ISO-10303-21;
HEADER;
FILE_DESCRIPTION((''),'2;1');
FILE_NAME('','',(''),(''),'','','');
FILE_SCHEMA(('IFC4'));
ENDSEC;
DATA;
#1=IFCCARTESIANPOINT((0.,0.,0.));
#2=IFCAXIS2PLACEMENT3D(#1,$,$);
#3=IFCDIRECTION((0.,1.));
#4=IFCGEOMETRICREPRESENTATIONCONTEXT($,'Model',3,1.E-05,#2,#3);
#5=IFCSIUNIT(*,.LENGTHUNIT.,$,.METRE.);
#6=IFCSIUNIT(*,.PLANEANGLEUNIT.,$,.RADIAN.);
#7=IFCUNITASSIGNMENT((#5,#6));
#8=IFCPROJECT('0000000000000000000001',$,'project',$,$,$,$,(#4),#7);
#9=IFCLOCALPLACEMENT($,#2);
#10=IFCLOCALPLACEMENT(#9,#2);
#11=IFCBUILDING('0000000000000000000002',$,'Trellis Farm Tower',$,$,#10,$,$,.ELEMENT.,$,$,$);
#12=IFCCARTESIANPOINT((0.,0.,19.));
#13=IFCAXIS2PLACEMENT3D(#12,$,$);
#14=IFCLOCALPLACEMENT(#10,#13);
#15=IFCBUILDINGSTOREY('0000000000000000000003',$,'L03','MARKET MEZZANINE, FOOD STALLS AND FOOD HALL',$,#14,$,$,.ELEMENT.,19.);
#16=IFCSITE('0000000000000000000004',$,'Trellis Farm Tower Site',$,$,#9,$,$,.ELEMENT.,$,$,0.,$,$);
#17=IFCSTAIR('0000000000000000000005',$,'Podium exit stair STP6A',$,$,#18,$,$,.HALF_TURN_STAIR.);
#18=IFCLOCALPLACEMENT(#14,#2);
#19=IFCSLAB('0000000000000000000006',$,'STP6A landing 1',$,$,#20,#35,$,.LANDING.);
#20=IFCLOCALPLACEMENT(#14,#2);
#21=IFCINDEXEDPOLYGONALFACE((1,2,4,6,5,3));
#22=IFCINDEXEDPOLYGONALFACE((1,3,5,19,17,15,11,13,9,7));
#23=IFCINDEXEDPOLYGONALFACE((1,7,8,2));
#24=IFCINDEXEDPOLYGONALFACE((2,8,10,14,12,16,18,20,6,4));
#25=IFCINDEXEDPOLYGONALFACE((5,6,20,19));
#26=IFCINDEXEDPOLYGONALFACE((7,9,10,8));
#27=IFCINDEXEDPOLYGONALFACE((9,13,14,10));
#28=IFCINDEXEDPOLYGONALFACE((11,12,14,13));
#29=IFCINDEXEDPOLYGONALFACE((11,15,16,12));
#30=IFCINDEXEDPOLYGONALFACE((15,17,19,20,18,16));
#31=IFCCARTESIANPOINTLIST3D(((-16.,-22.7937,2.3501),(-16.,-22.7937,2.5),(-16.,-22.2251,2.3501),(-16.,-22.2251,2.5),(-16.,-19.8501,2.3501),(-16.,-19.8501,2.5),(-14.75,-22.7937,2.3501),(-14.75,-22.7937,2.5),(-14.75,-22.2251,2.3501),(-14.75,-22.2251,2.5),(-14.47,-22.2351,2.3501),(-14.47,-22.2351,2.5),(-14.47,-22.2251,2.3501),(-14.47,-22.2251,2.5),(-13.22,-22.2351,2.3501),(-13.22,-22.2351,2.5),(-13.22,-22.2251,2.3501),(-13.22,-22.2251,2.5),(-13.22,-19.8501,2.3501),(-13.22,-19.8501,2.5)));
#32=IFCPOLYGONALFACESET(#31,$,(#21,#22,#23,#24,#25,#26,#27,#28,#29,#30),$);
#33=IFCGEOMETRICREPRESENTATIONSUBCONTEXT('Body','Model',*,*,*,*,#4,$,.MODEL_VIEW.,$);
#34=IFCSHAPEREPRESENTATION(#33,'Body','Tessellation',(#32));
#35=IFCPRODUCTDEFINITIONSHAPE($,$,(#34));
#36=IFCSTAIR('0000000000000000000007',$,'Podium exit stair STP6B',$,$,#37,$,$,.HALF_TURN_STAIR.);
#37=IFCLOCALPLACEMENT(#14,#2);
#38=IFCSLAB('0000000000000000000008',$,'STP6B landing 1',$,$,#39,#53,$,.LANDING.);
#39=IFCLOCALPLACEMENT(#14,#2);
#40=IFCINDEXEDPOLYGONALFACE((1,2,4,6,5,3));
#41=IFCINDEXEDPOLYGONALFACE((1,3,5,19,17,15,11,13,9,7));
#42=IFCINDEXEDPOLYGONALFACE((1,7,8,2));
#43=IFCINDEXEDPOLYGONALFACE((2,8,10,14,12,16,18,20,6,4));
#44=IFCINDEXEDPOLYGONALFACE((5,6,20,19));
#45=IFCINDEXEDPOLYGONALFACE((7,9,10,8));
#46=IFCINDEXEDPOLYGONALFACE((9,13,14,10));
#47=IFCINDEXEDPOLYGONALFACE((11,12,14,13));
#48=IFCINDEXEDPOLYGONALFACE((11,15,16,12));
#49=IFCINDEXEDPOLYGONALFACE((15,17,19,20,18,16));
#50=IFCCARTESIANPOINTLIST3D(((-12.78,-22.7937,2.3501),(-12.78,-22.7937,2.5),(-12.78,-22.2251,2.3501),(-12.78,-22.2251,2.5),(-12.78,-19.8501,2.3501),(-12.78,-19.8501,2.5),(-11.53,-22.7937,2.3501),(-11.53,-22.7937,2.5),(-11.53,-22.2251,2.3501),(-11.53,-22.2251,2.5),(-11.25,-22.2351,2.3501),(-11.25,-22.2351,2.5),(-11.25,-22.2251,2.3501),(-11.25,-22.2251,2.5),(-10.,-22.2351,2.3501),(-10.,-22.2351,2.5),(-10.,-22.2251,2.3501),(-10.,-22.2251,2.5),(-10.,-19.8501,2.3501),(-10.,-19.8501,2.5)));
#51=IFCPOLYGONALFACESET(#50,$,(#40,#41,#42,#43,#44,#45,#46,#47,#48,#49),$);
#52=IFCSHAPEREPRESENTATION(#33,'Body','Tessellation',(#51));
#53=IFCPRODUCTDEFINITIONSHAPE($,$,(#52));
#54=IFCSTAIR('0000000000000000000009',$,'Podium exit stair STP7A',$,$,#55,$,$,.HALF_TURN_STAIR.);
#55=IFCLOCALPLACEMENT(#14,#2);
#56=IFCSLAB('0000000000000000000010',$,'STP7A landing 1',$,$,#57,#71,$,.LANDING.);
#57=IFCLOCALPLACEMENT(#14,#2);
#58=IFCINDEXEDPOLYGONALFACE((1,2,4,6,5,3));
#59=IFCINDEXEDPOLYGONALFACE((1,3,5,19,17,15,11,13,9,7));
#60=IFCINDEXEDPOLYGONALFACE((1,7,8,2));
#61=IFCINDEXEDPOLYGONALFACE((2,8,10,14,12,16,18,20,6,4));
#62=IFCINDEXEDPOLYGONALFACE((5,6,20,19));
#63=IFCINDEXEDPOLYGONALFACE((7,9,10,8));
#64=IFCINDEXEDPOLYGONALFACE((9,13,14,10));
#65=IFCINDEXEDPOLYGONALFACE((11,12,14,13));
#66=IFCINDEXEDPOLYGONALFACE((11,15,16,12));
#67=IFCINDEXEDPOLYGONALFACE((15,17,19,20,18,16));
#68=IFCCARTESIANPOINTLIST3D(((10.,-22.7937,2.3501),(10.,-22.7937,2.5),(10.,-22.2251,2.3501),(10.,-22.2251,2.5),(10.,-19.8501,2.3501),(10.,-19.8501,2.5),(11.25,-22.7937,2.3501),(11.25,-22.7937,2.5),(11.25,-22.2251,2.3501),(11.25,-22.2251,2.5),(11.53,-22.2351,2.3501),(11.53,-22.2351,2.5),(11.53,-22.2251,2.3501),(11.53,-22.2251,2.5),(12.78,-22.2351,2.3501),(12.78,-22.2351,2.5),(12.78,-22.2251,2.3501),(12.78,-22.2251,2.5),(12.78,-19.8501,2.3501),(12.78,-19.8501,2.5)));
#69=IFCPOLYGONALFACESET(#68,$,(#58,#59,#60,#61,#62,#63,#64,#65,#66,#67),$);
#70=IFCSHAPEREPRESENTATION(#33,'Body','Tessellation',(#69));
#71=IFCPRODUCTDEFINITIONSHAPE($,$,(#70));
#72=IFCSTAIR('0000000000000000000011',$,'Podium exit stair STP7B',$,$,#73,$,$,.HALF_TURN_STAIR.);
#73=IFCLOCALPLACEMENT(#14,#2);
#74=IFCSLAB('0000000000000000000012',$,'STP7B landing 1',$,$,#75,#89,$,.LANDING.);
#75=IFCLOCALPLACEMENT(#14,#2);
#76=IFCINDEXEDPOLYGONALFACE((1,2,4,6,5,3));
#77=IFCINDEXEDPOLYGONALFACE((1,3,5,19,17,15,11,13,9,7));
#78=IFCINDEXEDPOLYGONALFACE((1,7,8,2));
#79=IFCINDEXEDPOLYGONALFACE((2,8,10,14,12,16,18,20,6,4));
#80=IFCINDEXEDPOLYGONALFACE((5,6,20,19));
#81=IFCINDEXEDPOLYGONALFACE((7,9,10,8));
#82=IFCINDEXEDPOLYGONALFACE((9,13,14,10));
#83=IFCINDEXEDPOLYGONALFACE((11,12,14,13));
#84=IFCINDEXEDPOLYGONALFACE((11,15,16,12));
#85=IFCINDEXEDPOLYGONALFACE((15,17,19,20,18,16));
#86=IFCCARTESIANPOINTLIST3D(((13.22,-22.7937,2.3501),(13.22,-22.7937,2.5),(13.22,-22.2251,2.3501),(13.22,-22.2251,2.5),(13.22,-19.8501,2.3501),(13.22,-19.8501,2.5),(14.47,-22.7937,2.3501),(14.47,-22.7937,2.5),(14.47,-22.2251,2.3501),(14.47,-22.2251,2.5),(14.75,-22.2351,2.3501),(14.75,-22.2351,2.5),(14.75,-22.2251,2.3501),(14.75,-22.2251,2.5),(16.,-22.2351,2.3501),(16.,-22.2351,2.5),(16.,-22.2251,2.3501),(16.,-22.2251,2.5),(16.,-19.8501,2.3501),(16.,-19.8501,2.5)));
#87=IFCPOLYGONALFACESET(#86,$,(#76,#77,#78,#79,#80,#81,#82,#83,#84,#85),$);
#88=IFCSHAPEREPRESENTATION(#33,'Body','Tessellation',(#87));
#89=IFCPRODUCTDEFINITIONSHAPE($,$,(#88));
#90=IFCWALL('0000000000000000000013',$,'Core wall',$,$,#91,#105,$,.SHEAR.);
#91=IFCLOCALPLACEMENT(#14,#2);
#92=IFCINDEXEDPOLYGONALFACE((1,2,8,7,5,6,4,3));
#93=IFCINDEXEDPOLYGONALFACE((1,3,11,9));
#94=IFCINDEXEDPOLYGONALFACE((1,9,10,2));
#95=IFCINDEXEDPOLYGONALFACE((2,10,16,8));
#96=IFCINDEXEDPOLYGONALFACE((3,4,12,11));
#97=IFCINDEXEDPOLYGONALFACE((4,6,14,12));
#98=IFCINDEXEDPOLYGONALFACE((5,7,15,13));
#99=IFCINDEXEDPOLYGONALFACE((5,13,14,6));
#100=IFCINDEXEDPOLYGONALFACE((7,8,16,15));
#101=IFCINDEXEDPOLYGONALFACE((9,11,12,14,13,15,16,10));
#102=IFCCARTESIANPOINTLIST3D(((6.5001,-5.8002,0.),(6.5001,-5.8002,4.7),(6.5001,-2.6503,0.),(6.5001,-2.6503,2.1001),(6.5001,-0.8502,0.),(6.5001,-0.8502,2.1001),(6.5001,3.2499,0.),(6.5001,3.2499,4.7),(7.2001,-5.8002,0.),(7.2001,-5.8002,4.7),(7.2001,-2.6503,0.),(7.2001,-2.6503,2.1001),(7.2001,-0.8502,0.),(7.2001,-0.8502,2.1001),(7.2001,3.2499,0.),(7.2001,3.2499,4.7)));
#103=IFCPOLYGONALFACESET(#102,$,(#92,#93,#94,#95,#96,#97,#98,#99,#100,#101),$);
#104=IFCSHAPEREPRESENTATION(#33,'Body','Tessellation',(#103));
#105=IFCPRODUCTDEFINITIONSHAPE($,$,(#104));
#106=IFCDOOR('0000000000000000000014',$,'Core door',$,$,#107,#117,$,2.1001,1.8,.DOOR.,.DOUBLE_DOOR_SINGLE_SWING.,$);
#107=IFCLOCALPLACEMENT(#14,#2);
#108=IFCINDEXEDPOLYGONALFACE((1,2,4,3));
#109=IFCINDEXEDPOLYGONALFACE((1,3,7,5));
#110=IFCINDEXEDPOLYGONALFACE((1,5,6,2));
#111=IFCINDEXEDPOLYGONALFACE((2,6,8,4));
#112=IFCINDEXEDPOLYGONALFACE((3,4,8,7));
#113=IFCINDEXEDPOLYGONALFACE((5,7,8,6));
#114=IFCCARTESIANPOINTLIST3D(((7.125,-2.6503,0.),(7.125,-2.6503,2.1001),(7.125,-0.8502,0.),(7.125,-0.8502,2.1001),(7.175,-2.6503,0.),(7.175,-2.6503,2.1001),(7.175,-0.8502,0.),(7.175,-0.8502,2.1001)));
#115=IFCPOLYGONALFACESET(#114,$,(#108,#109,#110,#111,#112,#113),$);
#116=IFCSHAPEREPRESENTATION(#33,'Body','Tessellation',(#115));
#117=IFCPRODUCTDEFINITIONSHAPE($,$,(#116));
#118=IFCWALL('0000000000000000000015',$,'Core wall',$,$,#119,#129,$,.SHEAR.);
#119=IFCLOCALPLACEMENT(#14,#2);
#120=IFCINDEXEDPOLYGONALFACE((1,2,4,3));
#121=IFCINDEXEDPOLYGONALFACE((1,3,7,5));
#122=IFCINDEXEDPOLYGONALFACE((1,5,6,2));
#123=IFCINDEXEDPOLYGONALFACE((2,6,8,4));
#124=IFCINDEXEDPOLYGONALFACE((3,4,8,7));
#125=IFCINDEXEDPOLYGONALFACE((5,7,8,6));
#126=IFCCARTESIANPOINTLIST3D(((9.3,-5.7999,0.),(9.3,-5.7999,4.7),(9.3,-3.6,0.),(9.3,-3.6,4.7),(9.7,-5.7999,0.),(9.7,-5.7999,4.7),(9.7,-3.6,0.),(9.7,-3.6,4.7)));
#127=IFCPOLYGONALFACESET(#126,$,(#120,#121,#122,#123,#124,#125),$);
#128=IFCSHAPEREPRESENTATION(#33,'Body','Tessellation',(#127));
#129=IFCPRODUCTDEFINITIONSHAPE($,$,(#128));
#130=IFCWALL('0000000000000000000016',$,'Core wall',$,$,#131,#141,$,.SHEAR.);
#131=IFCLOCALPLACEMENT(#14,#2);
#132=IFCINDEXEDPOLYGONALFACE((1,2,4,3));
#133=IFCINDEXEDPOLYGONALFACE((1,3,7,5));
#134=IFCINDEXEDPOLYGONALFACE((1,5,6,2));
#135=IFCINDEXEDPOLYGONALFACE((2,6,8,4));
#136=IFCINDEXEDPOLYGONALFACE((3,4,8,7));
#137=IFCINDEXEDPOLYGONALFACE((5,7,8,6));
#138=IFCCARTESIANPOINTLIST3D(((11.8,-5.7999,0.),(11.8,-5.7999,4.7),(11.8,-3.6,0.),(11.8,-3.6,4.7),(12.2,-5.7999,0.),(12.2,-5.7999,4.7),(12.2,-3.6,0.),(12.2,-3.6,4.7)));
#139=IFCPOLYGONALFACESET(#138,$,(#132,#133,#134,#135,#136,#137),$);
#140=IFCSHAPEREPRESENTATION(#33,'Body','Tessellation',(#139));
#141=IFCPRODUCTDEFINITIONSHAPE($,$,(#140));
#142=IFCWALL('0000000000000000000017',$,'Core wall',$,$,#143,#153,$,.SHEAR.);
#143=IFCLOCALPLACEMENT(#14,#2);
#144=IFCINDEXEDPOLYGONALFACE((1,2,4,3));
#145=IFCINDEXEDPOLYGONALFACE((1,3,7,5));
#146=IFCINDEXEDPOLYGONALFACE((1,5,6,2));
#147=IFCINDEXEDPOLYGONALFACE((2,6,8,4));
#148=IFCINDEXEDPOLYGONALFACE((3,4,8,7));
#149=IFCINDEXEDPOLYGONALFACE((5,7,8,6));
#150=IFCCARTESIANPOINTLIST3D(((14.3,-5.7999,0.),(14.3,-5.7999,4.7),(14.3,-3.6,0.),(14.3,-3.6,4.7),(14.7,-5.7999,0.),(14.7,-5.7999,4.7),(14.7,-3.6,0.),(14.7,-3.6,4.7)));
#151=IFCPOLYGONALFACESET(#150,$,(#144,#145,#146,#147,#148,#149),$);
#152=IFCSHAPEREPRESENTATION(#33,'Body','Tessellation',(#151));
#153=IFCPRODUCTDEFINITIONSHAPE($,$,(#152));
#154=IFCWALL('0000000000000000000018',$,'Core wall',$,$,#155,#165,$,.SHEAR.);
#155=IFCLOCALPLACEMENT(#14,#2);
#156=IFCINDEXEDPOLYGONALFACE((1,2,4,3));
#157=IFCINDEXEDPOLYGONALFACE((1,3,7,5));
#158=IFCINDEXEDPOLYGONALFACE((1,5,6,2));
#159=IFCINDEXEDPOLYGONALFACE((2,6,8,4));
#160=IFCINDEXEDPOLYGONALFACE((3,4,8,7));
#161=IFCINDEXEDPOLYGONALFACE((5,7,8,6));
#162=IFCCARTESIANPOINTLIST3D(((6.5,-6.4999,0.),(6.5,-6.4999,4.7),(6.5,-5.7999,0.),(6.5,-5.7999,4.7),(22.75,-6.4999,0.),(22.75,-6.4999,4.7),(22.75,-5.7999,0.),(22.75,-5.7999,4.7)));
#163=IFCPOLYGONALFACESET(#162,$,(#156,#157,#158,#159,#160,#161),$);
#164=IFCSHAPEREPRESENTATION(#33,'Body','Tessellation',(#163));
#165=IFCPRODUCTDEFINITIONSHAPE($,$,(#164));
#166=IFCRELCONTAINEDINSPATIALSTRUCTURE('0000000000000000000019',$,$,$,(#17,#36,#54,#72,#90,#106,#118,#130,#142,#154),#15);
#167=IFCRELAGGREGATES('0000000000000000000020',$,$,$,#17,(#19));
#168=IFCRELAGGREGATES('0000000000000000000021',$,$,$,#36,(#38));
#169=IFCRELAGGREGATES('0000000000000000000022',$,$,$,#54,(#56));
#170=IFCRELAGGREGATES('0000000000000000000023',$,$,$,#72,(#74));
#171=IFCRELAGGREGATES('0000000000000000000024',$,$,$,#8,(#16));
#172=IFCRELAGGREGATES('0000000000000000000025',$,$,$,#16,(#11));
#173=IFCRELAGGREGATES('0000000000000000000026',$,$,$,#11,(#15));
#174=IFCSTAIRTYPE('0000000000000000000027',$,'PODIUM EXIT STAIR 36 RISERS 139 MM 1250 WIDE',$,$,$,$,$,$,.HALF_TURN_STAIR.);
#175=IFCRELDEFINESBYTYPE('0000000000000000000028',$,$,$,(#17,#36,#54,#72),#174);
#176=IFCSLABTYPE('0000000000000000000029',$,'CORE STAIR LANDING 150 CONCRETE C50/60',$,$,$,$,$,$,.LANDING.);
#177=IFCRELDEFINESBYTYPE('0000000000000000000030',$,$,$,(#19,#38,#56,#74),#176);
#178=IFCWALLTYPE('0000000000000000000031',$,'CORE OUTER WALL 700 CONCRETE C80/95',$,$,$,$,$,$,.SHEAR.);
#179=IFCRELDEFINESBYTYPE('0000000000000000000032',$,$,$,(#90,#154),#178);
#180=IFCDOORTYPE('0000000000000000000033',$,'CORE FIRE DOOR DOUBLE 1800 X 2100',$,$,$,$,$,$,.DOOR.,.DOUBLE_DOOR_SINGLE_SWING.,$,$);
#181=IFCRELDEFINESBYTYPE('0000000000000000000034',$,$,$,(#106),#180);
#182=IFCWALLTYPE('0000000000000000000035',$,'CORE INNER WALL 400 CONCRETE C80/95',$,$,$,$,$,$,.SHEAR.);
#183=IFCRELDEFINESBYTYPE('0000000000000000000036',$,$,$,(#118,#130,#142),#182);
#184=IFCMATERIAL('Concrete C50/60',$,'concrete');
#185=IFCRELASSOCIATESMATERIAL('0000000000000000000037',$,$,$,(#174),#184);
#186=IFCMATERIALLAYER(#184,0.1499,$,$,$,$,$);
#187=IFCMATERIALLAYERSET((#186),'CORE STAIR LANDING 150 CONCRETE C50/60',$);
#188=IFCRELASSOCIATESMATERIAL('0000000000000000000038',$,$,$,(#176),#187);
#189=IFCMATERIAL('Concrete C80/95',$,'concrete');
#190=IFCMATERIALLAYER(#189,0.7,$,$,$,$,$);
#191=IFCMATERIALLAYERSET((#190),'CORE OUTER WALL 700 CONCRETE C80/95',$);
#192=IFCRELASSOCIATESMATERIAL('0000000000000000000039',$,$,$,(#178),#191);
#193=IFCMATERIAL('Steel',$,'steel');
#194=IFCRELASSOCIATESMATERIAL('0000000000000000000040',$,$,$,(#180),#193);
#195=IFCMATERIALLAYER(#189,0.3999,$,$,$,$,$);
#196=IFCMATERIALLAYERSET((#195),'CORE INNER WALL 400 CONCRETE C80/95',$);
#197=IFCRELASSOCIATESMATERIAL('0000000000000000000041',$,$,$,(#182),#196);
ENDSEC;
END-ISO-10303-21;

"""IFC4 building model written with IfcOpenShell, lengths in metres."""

from ifc_helpers import new_model, si_unit, direction, frame, frame_2d, origin, place, context, subcontext, project, spatial, polyline, rectangle, outline, extrude, source, transform, mapped, material, layer, layer_set, type_object, element, fill, aggregate, save


model = new_model("IFC4")

# Units and contexts
model_context = context("Model", 3, precision=1e-05, world=origin(), true_north=direction((0.0, 1.0)))
body_context = subcontext(model_context, "Body", "Model", "MODEL_VIEW")
ifc_project = project(units=[si_unit("LENGTHUNIT", "METRE"), si_unit("PLANEANGLEUNIT", "RADIAN")], contexts=[model_context])

# Site, building, storey
site_placement = place(None, origin())
site = spatial("IfcSite", under=ifc_project, at=site_placement, Name="Trellis Farm Tower Site", CompositionType="ELEMENT", RefElevation=0.0)
building_placement = place(site_placement, origin())
building = spatial("IfcBuilding", under=site, at=building_placement, Name="Trellis Farm Tower", CompositionType="ELEMENT")
storey_placement = place(building_placement, frame((0.0, 0.0, 19.0)))
storey = spatial("IfcBuildingStorey", under=building, at=storey_placement, Name="L03", Description="MARKET MEZZANINE, FOOD STALLS AND FOOD HALL", CompositionType="ELEMENT", Elevation=19.0)

# Shared definitions
ifc_material_1 = material(Name="Concrete C80/95", Category="concrete")

# Stairs, slabs
ifc_material_2 = material(Name="Concrete C50/60", Category="concrete")
stair_type = type_object("IfcStairType", Name="PODIUM EXIT STAIR 36 RISERS 139 MM 1250 WIDE", PredefinedType="HALF_TURN_STAIR", material=ifc_material_2)
placement_1 = place(storey_placement, origin())
ifc_layer_1 = layer(ifc_material_2, 0.1499)
ifc_layer_set_1 = layer_set([ifc_layer_1], Name="CORE STAIR LANDING 150 CONCRETE C50/60")
slab_type = type_object("IfcSlabType", Name="CORE STAIR LANDING 150 CONCRETE C50/60", PredefinedType="LANDING", material=ifc_layer_set_1)
placement_2 = place(storey_placement, frame((0.0, 0.0, 2.3501)))
stair_1 = element("IfcStair", 1, at=placement_1, inside=storey, type_object=stair_type, Name="Podium exit stair STP6A", PredefinedType="HALF_TURN_STAIR")
shared_shape_1 = source(origin(), body_context, "Body", "SweptSolid", [
    extrude(outline(polyline([(-14.75, -22.7937), (-16.0, -22.7937), (-16.0, -22.2251), (-16.0, -19.8501), (-13.22, -19.8501), (-13.22, -22.2251), (-13.22, -22.2351), (-14.47, -22.2351), (-14.47, -22.2251), (-14.75, -22.2251), (-14.75, -22.7937)])), origin(), (0.0, 0.0, 1.0), 0.1499),
])
slab_1 = element("IfcSlab", 2, at=placement_2, type_object=slab_type, Name="STP6A landing 1", PredefinedType="LANDING", context=body_context, shape_type="MappedRepresentation", body=[
    mapped(shared_shape_1, transform((0.0, 0.0, 0.0))),
])
aggregate(stair_1, [slab_1])
stair_2 = element("IfcStair", 3, at=placement_1, inside=storey, type_object=stair_type, Name="Podium exit stair STP6B", PredefinedType="HALF_TURN_STAIR")
shared_shape_2 = source(origin(), body_context, "Body", "SweptSolid", [
    extrude(outline(polyline([(-11.53, -22.7937), (-12.78, -22.7937), (-12.78, -22.2251), (-12.78, -19.8501), (-10.0, -19.8501), (-10.0, -22.2251), (-10.0, -22.2351), (-11.25, -22.2351), (-11.25, -22.2251), (-11.53, -22.2251), (-11.53, -22.7937)])), origin(), (0.0, 0.0, 1.0), 0.1499),
])
slab_2 = element("IfcSlab", 4, at=placement_2, type_object=slab_type, Name="STP6B landing 1", PredefinedType="LANDING", context=body_context, shape_type="MappedRepresentation", body=[
    mapped(shared_shape_2, transform((0.0, 0.0, 0.0))),
])
aggregate(stair_2, [slab_2])
stair_3 = element("IfcStair", 5, at=placement_1, inside=storey, type_object=stair_type, Name="Podium exit stair STP7A", PredefinedType="HALF_TURN_STAIR")
shared_shape_3 = source(origin(), body_context, "Body", "SweptSolid", [
    extrude(outline(polyline([(11.25, -22.7937), (10.0, -22.7937), (10.0, -22.2251), (10.0, -19.8501), (12.78, -19.8501), (12.78, -22.2251), (12.78, -22.2351), (11.53, -22.2351), (11.53, -22.2251), (11.25, -22.2251), (11.25, -22.7937)])), origin(), (0.0, 0.0, 1.0), 0.1499),
])
slab_3 = element("IfcSlab", 6, at=placement_2, type_object=slab_type, Name="STP7A landing 1", PredefinedType="LANDING", context=body_context, shape_type="MappedRepresentation", body=[
    mapped(shared_shape_3, transform((0.0, 0.0, 0.0))),
])
aggregate(stair_3, [slab_3])
stair_4 = element("IfcStair", 7, at=placement_1, inside=storey, type_object=stair_type, Name="Podium exit stair STP7B", PredefinedType="HALF_TURN_STAIR")
shared_shape_4 = source(origin(), body_context, "Body", "SweptSolid", [
    extrude(outline(polyline([(14.47, -22.7937), (13.22, -22.7937), (13.22, -22.2251), (13.22, -19.8501), (16.0, -19.8501), (16.0, -22.2251), (16.0, -22.2351), (14.75, -22.2351), (14.75, -22.2251), (14.47, -22.2251), (14.47, -22.7937)])), origin(), (0.0, 0.0, 1.0), 0.1499),
])
slab_4 = element("IfcSlab", 8, at=placement_2, type_object=slab_type, Name="STP7B landing 1", PredefinedType="LANDING", context=body_context, shape_type="MappedRepresentation", body=[
    mapped(shared_shape_4, transform((0.0, 0.0, 0.0))),
])
aggregate(stair_4, [slab_4])

# Wall, opening, door
ifc_layer_2 = layer(ifc_material_1, 0.7)
ifc_layer_set_2 = layer_set([ifc_layer_2], Name="CORE OUTER WALL 700 CONCRETE C80/95")
wall_type_1 = type_object("IfcWallType", Name="CORE OUTER WALL 700 CONCRETE C80/95", PredefinedType="SHEAR", material=ifc_layer_set_2)
shared_shape_5 = source(origin(), body_context, "Body", "SweptSolid", [
    extrude(rectangle(XDim=9.05, YDim=0.7, at=frame_2d((4.5249, 0.0))), origin(), (0.0, 0.0, 1.0), 4.7),
])
wall_1_placement = place(storey_placement, frame((6.8501, -5.8, 0.0), z_axis=(0.0, 0.0, 1.0), x_axis=(0.0, 1.0, 0.0)))
wall_1 = element("IfcWall", 9, at=wall_1_placement, inside=storey, type_object=wall_type_1, Name="Core wall", PredefinedType="SHEAR", context=body_context, shape_type="MappedRepresentation", body=[
    mapped(shared_shape_5, transform((0.0, 0.0, 0.0))),
])
shared_shape_6 = source(origin(), body_context, "Body", "SweptSolid", [
    extrude(rectangle(XDim=1.8, YDim=2.1001, at=frame_2d((0.8999, 1.05))), frame((0.0, 0.3601, 0.0), z_axis=(0.0, -1.0, 0.0), x_axis=(1.0, 0.0, 0.0)), (0.0, 0.0, 1.0), 0.7202),
])
opening_1_placement = place(wall_1_placement, frame((3.1499, 0.0, 0.0)))
opening_1 = element("IfcOpeningElement", 10, at=opening_1_placement, cuts=wall_1, PredefinedType="OPENING", context=body_context, shape_type="MappedRepresentation", body=[
    mapped(shared_shape_6, transform((0.0, 0.0, 0.0))),
])
ifc_material_3 = material(Name="Steel", Category="steel")
door_type_1 = type_object("IfcDoorType", Name="CORE FIRE DOOR DOUBLE 1800 X 2100", OperationType="DOUBLE_DOOR_SINGLE_SWING", PredefinedType="DOOR", material=ifc_material_3)
shared_shape_7 = source(origin(), body_context, "Body", "SweptSolid", [
    extrude(rectangle(XDim=1.8, YDim=2.1001, at=frame_2d((0.8999, 1.05))), frame((0.0, -0.2749, 0.0), z_axis=(0.0, -1.0, 0.0), x_axis=(1.0, 0.0, 0.0)), (0.0, 0.0, 1.0), 0.05),
])
door_1_placement = place(opening_1_placement, origin())
door_1 = element("IfcDoor", 11, at=door_1_placement, inside=storey, type_object=door_type_1, Name="Core door", OperationType="DOUBLE_DOOR_SINGLE_SWING", OverallHeight=2.1001, OverallWidth=1.8, PredefinedType="DOOR", context=body_context, shape_type="MappedRepresentation", body=[
    mapped(shared_shape_7, transform((0.0, 0.0, 0.0))),
])
fill(opening_1, door_1)

# Walls
ifc_layer_3 = layer(ifc_material_1, 0.3999)
ifc_layer_set_3 = layer_set([ifc_layer_3], Name="CORE INNER WALL 400 CONCRETE C80/95")
wall_type_2 = type_object("IfcWallType", Name="CORE INNER WALL 400 CONCRETE C80/95", PredefinedType="SHEAR", material=ifc_layer_set_3)
shared_shape_8 = source(origin(), body_context, "Body", "SweptSolid", [
    extrude(rectangle(XDim=2.2, YDim=0.3999, at=frame_2d((1.1001, 0.0))), origin(), (0.0, 0.0, 1.0), 4.7),
])
for number, where, z_axis, x_axis, name in (
    (12, (9.5, -5.8, 0.0), (0.0, 0.0, 1.0), (0.0, 1.0, 0.0), "Core wall"),
    (13, (12.0, -5.8, 0.0), (0.0, 0.0, 1.0), (0.0, 1.0, 0.0), "Core wall"),
    (14, (14.5, -5.8, 0.0), (0.0, 0.0, 1.0), (0.0, 1.0, 0.0), "Core wall"),
):
    element("IfcWall", number, at=place(storey_placement, frame(where, z_axis=z_axis, x_axis=x_axis)), inside=storey, type_object=wall_type_2, Name=name, PredefinedType="SHEAR", context=body_context, shape_type="MappedRepresentation", body=[
        mapped(shared_shape_8, transform((0.0, 0.0, 0.0))),
    ])
shared_shape_9 = source(origin(), body_context, "Body", "SweptSolid", [
    extrude(rectangle(XDim=16.25, YDim=0.7, at=frame_2d((8.125, 0.0))), origin(), (0.0, 0.0, 1.0), 4.7),
])
wall_2_placement = place(storey_placement, frame((6.5, -6.1499, 0.0), z_axis=(0.0, 0.0, 1.0), x_axis=(1.0, 0.0, 0.0)))
element("IfcWall", 15, at=wall_2_placement, inside=storey, type_object=wall_type_1, Name="Core wall", PredefinedType="SHEAR", context=body_context, shape_type="MappedRepresentation", body=[
    mapped(shared_shape_9, transform((0.0, 0.0, 0.0))),
])

save(model, "model.ifc")
